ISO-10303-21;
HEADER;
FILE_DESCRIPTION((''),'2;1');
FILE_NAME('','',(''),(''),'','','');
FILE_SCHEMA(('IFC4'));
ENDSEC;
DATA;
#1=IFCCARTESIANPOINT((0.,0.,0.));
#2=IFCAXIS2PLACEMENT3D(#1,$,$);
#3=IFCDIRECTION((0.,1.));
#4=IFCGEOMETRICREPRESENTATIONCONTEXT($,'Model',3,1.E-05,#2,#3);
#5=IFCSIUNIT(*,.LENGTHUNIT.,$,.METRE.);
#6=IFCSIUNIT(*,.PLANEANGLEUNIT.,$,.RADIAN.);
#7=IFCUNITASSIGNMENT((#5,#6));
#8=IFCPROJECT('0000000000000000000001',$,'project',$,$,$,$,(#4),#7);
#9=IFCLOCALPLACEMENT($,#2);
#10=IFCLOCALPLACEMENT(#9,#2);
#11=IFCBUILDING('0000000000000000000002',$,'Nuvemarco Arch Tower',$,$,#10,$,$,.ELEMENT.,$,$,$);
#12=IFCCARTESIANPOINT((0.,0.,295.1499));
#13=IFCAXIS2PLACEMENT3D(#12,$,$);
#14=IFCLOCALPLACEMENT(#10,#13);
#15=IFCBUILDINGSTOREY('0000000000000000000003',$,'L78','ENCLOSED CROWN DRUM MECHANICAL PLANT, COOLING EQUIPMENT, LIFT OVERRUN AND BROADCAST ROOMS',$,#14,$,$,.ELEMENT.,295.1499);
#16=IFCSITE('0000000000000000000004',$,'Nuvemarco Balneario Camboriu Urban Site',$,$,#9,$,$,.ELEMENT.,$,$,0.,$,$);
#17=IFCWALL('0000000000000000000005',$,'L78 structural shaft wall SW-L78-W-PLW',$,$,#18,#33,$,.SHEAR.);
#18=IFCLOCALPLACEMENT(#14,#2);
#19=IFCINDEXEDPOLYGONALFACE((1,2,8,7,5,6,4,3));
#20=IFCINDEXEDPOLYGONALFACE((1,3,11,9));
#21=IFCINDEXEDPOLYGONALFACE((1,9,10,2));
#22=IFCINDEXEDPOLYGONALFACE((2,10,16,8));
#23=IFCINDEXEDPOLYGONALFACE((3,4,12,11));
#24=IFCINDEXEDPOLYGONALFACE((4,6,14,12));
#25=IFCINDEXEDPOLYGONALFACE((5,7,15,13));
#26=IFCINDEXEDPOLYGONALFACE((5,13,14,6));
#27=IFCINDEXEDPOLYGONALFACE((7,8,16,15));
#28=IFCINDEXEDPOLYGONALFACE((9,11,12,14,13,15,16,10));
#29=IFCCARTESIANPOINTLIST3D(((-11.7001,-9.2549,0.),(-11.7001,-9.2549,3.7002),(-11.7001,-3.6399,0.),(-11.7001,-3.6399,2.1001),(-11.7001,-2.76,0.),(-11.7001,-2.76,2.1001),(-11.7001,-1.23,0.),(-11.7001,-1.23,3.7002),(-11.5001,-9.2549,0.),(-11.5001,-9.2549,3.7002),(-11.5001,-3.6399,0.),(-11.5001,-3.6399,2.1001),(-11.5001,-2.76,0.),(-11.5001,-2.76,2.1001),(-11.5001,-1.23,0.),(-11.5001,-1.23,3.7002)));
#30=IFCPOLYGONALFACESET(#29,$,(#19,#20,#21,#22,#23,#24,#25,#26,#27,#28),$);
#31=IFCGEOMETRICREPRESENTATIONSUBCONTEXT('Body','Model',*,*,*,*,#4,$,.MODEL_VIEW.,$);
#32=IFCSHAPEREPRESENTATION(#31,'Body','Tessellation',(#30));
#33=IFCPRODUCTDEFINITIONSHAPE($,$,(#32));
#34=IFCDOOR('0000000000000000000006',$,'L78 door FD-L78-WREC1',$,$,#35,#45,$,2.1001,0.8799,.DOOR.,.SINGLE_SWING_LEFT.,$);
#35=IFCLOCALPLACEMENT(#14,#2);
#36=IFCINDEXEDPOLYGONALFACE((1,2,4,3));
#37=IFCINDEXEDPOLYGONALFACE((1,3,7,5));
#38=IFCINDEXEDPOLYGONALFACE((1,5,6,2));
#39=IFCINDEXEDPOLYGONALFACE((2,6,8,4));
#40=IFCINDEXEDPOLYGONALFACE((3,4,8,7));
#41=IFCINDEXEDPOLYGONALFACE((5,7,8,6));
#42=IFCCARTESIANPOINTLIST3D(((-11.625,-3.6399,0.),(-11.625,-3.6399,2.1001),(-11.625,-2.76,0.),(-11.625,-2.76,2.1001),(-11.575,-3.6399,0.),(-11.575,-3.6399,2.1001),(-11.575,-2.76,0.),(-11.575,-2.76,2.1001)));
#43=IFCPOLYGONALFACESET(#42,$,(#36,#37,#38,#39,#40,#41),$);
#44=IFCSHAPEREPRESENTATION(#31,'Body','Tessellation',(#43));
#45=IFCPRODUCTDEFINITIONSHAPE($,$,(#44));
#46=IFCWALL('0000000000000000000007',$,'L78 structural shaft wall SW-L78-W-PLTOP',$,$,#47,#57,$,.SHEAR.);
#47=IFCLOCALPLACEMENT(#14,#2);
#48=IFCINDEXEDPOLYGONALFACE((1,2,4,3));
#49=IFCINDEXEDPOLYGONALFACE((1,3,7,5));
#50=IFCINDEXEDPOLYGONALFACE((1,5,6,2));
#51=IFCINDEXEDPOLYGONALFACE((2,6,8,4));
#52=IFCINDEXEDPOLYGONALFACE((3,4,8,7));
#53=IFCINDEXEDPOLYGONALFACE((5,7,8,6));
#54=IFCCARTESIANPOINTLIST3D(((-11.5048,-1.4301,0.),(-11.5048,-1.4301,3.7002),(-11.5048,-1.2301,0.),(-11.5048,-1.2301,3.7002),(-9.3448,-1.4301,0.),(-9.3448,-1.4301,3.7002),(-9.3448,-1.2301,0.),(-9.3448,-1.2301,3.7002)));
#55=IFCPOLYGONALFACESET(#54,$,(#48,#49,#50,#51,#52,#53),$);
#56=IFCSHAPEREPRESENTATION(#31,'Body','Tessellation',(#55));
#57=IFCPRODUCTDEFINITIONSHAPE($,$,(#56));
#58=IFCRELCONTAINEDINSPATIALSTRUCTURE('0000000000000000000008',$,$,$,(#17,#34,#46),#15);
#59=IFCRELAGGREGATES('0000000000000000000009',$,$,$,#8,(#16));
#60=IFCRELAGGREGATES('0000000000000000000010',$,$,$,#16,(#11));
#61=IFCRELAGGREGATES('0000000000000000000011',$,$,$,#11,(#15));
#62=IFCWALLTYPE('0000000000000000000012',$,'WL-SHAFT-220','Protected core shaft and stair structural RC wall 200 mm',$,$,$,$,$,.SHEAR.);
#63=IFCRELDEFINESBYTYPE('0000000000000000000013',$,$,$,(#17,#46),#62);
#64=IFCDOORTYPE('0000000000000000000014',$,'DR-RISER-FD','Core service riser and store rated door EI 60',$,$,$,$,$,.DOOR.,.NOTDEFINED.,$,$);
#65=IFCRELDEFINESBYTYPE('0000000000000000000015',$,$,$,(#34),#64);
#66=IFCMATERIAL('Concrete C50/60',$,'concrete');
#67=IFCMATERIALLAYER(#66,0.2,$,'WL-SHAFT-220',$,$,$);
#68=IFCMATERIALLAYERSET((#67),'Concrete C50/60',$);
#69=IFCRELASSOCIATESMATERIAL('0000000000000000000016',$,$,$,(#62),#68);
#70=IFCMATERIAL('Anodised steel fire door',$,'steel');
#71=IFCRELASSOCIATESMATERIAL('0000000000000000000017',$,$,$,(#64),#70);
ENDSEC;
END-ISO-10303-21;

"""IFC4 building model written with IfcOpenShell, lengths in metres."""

from ifc_helpers import new_model, si_unit, direction, frame, frame_2d, origin, place, context, subcontext, project, spatial, rectangle, extrude, source, transform, mapped, material, layer, layer_set, type_object, type_shapes, element, fill, save


model = new_model("IFC4")

# Units and contexts
model_context = context("Model", 3, precision=1e-05, world=origin(), true_north=direction((0.0, 1.0)))
body_context = subcontext(model_context, "Body", "Model", "MODEL_VIEW")
ifc_project = project(units=[si_unit("LENGTHUNIT", "METRE"), si_unit("PLANEANGLEUNIT", "RADIAN")], contexts=[model_context])

# Site, building, storey
site_placement = place(None, origin())
site = spatial("IfcSite", under=ifc_project, at=site_placement, Name="Nuvemarco Balneario Camboriu Urban Site", CompositionType="ELEMENT", RefElevation=0.0)
building_placement = place(site_placement, origin())
building = spatial("IfcBuilding", under=site, at=building_placement, Name="Nuvemarco Arch Tower", CompositionType="ELEMENT")
storey_placement = place(building_placement, frame((0.0, 0.0, 295.1499)))
storey = spatial("IfcBuildingStorey", under=building, at=storey_placement, Name="L78", Description="ENCLOSED CROWN DRUM MECHANICAL PLANT, COOLING EQUIPMENT, LIFT OVERRUN AND BROADCAST ROOMS", CompositionType="ELEMENT", Elevation=295.1499)

# Shared definitions
ifc_material_1 = material(Name="Concrete C50/60", Category="concrete")

# Shared definitions
ifc_material_2 = material(Name="Anodised steel fire door", Category="steel")

# Shared definitions
ifc_layer_1 = layer(ifc_material_1, 0.2, Name="WL-SHAFT-220")
ifc_layer_set_1 = layer_set([ifc_layer_1], Name="Concrete C50/60")
wall_type_1 = type_object("IfcWallType", Name="WL-SHAFT-220", Description="Protected core shaft and stair structural RC wall 200 mm", PredefinedType="SHEAR", material=ifc_layer_set_1)

# Shared definitions
door_type_1 = type_object("IfcDoorType", Name="DR-RISER-FD", Description="Core service riser and store rated door EI 60", OperationType="NOTDEFINED", PredefinedType="DOOR", material=ifc_material_2)
shared_shape_1 = source(origin(), body_context, "Body", "SweptSolid", [
    extrude(rectangle(XDim=0.8799, YDim=2.1001, at=frame_2d((0.4399, 1.05))), frame((0.0, 0.0249, 0.0), z_axis=(0.0, -1.0, 0.0), x_axis=(1.0, 0.0, 0.0)), (0.0, 0.0, 1.0), 0.05),
])
type_shapes(door_type_1, [shared_shape_1])

# Wall, opening, door
wall_1_placement = place(storey_placement, frame((-11.6001, -9.2549, 0.0), z_axis=(0.0, 0.0, 1.0), x_axis=(0.0, 1.0, 0.0)))
wall_1 = element("IfcWall", 1, at=wall_1_placement, inside=storey, type_object=wall_type_1, Name="L78 structural shaft wall SW-L78-W-PLW", PredefinedType="SHEAR", context=body_context, shape_type="SweptSolid", body=[
    extrude(rectangle(XDim=8.0249, YDim=0.2, at=frame_2d((4.0125, 0.0))), origin(), (0.0, 0.0, 1.0), 3.7002),
])
opening_1_placement = place(wall_1_placement, frame((5.615, 0.0, 0.0)))
opening_1 = element("IfcOpeningElement", 2, at=opening_1_placement, cuts=wall_1, PredefinedType="OPENING", context=body_context, shape_type="SweptSolid", body=[
    extrude(rectangle(XDim=0.8799, YDim=2.1001, at=frame_2d((0.4399, 1.05))), frame((0.0, 0.1099, 0.0), z_axis=(0.0, -1.0, 0.0), x_axis=(1.0, 0.0, 0.0)), (0.0, 0.0, 1.0), 0.22),
])
door_1_placement = place(opening_1_placement, origin())
door_1 = element("IfcDoor", 3, at=door_1_placement, inside=storey, type_object=door_type_1, Name="L78 door FD-L78-WREC1", OperationType="SINGLE_SWING_LEFT", OverallHeight=2.1001, OverallWidth=0.8799, PredefinedType="DOOR", context=body_context, shape_type="MappedRepresentation", body=[
    mapped(shared_shape_1, transform((0.0, 0.0, 0.0), scale=1.0)),
])
fill(opening_1, door_1)

# Wall
wall_2_placement = place(storey_placement, frame((-11.5049, -1.3301, 0.0), z_axis=(0.0, 0.0, 1.0), x_axis=(1.0, 0.0, 0.0)))
element("IfcWall", 4, at=wall_2_placement, inside=storey, type_object=wall_type_1, Name="L78 structural shaft wall SW-L78-W-PLTOP", PredefinedType="SHEAR", context=body_context, shape_type="SweptSolid", body=[
    extrude(rectangle(XDim=2.1599, YDim=0.2, at=frame_2d((1.0801, 0.0))), origin(), (0.0, 0.0, 1.0), 3.7002),
])

save(model, "model.ifc")
